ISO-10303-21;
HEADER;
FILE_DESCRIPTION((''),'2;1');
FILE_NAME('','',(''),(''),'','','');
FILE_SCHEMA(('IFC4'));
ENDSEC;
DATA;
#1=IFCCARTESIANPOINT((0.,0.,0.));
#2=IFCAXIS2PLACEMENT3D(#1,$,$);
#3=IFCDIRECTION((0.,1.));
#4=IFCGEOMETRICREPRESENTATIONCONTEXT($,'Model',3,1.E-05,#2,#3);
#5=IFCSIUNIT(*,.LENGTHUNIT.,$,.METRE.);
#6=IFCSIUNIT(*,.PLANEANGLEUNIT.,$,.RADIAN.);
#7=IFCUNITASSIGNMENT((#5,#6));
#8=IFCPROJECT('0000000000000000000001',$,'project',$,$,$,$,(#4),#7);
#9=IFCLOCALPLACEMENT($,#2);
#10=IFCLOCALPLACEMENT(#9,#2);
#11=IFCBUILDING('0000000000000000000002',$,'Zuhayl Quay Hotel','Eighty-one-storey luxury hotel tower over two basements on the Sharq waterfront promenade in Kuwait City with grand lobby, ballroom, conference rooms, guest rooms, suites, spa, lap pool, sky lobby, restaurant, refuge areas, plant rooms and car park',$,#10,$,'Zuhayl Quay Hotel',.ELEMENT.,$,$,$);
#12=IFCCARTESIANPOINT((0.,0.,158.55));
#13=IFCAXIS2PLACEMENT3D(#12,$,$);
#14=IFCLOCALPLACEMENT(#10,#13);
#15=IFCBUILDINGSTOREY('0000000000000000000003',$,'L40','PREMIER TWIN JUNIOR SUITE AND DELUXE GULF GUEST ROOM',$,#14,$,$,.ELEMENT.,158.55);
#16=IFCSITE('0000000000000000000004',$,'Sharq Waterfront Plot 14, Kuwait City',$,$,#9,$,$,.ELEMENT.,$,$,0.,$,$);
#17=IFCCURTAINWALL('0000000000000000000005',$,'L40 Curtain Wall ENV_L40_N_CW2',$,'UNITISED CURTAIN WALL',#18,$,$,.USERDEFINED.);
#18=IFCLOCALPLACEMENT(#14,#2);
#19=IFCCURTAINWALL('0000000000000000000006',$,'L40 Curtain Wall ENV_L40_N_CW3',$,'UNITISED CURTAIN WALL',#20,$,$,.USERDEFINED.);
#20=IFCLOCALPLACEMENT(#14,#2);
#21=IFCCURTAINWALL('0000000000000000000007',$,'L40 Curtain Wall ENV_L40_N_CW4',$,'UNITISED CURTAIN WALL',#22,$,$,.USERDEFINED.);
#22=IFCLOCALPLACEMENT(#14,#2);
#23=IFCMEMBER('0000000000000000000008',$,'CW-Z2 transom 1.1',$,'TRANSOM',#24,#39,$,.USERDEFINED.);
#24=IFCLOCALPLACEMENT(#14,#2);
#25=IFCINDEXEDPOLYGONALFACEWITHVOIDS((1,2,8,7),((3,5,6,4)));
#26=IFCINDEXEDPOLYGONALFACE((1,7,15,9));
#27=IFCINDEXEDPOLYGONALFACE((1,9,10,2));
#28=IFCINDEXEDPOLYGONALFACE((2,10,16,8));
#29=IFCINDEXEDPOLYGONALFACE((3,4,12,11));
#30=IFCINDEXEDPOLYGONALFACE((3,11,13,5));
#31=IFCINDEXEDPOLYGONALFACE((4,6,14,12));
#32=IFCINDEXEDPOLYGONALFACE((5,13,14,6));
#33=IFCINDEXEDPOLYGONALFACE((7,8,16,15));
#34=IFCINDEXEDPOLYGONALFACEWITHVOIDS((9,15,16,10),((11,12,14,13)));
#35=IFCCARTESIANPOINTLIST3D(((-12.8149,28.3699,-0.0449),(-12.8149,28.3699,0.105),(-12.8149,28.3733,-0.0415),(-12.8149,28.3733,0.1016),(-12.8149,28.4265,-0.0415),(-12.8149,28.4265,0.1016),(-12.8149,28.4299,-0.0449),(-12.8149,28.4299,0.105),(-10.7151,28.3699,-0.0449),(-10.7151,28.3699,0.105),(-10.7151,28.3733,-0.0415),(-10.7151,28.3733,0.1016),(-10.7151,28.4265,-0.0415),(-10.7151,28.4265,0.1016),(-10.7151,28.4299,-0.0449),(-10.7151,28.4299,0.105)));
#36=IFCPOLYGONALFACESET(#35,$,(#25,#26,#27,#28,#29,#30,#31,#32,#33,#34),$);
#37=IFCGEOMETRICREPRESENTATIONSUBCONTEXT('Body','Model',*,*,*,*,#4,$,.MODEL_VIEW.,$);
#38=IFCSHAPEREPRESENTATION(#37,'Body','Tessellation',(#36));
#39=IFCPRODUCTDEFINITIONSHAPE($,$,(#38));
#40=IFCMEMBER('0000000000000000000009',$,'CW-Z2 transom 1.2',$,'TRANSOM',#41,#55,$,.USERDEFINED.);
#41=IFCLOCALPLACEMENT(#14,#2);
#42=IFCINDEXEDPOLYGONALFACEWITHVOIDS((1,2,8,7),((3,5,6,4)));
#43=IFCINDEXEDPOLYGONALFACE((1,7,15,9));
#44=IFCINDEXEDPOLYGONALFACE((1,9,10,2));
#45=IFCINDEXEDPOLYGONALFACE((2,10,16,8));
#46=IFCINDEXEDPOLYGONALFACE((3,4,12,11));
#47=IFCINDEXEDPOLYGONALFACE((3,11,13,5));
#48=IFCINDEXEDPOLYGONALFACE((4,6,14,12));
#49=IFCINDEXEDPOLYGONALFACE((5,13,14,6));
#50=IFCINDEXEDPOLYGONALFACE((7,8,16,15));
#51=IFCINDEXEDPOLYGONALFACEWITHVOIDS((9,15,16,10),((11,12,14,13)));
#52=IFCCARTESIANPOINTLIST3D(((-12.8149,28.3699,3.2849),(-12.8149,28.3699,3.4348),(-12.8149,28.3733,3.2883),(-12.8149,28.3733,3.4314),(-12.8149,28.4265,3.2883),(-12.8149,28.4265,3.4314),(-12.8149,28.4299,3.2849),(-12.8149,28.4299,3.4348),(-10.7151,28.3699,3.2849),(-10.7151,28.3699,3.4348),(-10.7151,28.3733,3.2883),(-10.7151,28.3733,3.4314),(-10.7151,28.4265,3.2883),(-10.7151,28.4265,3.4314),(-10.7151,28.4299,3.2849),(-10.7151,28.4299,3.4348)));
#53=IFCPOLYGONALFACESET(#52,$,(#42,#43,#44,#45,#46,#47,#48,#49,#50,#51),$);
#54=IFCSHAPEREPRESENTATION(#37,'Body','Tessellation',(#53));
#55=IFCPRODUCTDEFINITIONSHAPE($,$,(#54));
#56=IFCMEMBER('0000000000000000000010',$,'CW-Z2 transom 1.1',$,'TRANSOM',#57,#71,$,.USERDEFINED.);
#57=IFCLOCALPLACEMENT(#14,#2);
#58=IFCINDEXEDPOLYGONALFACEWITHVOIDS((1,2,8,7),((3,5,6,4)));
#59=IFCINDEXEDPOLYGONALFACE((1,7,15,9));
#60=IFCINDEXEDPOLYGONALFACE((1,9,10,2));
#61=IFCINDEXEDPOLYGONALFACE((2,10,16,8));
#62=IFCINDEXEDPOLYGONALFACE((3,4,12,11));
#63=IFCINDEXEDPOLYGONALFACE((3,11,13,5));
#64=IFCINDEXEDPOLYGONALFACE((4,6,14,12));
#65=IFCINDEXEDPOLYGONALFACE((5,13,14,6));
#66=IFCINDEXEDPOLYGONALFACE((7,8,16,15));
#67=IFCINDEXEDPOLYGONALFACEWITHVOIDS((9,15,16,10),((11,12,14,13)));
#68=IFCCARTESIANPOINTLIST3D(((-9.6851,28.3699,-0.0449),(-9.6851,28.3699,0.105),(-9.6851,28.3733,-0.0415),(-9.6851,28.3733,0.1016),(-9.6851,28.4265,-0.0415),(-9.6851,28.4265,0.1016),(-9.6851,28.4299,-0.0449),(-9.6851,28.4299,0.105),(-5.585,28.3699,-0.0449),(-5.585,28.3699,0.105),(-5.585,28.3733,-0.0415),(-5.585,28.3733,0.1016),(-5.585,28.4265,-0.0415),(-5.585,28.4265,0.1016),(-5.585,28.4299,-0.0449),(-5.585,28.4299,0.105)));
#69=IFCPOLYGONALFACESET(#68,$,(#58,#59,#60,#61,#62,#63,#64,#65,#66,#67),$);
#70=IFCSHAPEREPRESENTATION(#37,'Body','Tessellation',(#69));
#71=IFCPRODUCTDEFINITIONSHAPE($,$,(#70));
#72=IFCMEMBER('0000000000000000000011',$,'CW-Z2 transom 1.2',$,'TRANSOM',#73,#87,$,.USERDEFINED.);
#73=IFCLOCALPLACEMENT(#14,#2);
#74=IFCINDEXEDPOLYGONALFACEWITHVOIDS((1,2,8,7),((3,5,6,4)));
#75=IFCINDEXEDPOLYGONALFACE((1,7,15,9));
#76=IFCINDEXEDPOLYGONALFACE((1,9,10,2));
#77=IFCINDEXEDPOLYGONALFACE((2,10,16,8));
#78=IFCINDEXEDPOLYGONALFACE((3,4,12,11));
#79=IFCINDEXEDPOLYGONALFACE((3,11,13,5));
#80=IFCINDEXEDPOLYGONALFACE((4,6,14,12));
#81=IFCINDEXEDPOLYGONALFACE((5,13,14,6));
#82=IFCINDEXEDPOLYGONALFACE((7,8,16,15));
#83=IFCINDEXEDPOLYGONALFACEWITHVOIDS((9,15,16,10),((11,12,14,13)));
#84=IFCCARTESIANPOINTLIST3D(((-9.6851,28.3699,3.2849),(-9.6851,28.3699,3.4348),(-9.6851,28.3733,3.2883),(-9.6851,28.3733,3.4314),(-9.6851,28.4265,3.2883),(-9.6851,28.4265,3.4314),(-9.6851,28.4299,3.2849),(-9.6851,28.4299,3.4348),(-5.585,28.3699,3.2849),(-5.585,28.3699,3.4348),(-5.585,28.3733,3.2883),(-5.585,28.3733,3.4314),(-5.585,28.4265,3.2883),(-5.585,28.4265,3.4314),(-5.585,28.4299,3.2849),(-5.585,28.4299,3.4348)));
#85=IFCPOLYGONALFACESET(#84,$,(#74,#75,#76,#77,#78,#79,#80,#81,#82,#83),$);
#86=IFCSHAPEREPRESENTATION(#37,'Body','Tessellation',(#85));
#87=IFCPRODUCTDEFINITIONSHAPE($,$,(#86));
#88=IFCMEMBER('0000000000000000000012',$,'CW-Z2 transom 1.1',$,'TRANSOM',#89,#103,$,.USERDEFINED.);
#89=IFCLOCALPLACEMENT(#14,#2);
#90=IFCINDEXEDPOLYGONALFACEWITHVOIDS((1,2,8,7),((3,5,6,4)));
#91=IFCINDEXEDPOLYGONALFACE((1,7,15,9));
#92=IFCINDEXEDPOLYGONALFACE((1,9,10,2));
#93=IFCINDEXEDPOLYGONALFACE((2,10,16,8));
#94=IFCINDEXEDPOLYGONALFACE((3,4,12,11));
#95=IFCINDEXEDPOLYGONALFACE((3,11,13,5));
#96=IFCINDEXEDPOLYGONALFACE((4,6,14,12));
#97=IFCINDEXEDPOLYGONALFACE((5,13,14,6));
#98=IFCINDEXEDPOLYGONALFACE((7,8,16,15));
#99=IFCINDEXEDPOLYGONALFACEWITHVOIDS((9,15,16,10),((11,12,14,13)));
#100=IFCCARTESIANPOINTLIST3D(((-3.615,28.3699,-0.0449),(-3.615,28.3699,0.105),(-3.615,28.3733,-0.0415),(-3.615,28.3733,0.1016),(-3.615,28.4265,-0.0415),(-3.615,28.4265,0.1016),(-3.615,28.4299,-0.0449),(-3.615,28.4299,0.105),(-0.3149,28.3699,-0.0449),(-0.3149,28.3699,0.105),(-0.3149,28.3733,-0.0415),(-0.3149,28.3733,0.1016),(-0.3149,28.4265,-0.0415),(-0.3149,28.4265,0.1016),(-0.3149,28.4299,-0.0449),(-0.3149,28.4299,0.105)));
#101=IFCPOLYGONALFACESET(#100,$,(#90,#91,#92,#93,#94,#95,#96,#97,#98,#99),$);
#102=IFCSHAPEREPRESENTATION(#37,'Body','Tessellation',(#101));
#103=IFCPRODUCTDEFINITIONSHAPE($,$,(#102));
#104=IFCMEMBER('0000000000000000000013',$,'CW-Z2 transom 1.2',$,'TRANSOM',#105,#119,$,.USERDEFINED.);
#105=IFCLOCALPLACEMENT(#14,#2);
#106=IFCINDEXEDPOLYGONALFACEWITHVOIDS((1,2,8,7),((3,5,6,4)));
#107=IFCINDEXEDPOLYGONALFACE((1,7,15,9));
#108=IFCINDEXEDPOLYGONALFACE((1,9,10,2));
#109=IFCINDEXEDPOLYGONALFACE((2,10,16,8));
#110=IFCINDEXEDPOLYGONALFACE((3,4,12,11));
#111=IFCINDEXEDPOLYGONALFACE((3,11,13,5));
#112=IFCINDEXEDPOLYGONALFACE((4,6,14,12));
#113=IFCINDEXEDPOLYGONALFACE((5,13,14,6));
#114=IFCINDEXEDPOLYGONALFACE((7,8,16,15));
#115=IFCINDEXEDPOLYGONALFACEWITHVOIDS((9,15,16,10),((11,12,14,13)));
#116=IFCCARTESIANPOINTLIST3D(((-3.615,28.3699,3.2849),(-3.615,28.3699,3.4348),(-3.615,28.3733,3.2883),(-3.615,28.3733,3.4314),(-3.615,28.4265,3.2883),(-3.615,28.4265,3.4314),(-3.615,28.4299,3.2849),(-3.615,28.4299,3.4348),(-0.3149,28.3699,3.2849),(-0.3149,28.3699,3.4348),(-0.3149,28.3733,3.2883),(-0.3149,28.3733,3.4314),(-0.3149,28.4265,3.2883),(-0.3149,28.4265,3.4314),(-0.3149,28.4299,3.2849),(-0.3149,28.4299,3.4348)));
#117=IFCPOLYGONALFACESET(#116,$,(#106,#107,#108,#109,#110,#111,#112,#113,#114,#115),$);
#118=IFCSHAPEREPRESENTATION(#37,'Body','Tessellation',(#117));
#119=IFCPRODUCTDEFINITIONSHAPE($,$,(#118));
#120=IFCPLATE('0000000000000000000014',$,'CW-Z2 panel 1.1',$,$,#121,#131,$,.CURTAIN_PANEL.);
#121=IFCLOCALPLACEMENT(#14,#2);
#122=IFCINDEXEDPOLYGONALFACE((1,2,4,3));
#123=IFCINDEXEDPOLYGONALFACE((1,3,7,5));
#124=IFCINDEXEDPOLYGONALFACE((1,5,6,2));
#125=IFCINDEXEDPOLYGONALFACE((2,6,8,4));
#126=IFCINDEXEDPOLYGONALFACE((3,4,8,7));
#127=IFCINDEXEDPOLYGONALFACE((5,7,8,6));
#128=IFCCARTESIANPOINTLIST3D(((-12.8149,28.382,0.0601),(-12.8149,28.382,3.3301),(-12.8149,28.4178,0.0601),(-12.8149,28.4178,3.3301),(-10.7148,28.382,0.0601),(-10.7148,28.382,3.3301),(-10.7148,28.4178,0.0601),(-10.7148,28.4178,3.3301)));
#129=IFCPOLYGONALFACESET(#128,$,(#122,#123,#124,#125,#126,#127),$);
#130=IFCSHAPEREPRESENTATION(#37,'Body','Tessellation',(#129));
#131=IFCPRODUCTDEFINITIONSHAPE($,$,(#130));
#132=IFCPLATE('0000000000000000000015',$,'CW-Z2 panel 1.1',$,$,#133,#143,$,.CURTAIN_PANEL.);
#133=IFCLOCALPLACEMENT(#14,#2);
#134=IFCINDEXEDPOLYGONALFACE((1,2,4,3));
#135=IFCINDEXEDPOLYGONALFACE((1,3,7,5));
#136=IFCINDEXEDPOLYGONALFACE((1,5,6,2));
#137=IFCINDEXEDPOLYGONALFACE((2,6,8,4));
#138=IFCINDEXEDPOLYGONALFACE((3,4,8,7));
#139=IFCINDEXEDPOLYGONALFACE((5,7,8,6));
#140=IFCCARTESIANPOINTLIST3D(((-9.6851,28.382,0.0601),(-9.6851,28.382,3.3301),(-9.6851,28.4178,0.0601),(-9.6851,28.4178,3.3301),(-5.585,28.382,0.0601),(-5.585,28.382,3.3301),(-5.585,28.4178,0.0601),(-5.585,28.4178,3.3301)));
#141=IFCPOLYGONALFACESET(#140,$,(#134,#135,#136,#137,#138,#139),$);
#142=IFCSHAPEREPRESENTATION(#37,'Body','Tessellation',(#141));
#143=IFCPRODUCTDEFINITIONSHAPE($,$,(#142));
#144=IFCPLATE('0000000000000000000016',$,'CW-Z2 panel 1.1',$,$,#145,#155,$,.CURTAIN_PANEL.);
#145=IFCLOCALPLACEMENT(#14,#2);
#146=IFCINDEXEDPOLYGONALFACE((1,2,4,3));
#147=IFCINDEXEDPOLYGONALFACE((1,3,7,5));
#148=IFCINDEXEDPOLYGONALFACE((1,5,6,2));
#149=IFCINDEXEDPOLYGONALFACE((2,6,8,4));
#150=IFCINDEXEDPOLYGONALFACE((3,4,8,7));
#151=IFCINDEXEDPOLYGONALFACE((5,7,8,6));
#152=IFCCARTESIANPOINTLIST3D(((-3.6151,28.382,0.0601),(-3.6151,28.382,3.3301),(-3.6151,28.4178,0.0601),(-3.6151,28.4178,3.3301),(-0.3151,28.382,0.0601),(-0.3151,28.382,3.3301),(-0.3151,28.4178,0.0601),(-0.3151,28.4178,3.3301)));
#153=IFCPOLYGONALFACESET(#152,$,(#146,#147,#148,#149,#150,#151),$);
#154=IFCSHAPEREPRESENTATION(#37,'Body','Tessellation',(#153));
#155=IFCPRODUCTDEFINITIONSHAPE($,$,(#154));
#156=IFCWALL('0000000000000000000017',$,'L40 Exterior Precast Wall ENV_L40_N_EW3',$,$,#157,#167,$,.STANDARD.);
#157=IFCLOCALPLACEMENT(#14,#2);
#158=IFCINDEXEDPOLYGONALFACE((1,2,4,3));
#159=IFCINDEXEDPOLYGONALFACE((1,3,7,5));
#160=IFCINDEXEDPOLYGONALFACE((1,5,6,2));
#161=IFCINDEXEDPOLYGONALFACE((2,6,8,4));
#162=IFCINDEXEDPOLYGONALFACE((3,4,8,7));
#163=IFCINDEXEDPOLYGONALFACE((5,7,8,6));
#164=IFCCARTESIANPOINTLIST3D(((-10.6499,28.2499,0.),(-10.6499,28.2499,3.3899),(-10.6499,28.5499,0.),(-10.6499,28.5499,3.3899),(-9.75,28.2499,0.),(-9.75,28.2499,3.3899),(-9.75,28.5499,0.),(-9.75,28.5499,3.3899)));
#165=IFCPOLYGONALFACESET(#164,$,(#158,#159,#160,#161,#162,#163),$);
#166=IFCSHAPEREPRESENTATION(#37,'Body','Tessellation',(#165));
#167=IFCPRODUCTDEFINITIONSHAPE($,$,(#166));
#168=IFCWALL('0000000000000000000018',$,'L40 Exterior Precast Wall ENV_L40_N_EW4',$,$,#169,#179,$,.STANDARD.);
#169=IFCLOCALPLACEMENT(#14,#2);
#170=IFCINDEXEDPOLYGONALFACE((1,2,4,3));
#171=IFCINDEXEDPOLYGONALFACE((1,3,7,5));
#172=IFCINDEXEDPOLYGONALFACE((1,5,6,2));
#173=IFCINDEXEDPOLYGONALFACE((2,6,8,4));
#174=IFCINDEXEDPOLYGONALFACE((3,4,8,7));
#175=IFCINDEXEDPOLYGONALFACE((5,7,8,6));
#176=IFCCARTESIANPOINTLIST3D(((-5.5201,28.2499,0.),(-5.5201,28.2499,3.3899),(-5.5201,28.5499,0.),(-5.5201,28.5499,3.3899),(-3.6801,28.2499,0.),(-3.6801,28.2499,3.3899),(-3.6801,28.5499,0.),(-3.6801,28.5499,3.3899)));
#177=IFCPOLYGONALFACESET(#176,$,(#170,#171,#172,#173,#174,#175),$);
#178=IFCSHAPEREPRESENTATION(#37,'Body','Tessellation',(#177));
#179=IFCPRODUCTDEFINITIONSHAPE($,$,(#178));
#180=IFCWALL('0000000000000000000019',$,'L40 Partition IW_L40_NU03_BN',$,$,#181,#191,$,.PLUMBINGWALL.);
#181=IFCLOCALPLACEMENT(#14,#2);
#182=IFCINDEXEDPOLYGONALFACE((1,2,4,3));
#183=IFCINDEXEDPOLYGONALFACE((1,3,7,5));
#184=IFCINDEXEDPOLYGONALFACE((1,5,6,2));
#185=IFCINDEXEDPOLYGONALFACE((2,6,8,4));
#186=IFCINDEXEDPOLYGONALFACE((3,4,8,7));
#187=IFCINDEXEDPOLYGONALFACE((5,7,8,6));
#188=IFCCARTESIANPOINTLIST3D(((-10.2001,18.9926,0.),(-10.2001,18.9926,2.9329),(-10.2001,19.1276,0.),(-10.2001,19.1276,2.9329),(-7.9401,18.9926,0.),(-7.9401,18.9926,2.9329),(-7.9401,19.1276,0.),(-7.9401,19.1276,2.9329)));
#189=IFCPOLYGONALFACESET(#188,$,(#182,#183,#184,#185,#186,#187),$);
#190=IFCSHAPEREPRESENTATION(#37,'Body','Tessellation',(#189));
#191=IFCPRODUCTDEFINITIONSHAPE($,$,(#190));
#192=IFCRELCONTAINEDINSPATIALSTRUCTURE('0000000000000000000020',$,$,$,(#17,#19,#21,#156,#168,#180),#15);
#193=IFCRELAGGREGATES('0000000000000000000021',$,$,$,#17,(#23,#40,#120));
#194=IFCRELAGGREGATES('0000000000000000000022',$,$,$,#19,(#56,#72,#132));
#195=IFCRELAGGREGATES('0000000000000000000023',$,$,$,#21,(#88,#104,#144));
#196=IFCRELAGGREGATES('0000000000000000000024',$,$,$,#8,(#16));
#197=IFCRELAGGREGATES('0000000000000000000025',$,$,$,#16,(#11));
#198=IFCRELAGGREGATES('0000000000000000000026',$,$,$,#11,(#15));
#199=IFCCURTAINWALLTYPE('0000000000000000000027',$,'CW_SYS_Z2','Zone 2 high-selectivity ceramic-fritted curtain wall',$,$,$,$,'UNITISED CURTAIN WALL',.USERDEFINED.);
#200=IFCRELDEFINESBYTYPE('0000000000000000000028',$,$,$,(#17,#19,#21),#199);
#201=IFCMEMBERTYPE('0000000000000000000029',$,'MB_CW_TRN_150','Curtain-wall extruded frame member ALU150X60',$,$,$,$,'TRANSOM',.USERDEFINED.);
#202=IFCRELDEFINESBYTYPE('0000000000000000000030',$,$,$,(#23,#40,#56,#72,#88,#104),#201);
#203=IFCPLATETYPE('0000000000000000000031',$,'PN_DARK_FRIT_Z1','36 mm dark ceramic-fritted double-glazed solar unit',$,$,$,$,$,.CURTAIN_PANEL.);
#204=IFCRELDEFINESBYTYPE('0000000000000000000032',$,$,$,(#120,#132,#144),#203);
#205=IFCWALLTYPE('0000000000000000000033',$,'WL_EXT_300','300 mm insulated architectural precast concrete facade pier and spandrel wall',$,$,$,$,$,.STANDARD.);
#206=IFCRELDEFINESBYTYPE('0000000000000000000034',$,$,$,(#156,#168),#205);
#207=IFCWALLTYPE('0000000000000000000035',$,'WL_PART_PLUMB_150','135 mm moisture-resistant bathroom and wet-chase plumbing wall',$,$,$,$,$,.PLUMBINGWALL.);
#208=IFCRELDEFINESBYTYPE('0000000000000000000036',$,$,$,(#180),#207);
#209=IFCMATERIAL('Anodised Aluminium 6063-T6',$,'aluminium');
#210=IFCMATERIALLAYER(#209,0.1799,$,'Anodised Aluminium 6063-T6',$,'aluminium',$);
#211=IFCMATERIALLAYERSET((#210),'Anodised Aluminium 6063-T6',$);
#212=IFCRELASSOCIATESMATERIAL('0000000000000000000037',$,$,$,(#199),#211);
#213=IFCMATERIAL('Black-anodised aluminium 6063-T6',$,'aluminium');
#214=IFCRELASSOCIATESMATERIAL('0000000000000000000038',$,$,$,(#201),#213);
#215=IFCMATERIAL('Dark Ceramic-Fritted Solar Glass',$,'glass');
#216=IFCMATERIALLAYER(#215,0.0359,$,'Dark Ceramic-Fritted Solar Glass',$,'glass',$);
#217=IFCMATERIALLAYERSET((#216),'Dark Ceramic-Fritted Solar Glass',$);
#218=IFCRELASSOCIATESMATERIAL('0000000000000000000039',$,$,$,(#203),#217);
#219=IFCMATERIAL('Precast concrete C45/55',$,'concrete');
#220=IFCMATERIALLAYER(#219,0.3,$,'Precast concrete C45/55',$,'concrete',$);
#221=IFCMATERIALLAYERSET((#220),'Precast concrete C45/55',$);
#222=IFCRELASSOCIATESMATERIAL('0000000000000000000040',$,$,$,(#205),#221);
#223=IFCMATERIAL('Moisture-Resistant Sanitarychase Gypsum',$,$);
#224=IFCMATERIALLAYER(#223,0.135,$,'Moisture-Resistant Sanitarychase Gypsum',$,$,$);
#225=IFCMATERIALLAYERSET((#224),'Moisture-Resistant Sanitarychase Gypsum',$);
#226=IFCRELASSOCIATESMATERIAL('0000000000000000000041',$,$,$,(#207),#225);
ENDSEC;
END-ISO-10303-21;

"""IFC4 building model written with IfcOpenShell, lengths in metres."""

from ifc_helpers import new_model, si_unit, direction, frame, frame_2d, origin, origin_2d, place, context, subcontext, project, spatial, rectangle, hollow_rectangle, extrude, material, layer, layer_set, material_profile, profile_set, type_object, element, aggregate, save


model = new_model("IFC4")

# Units and contexts
model_context = context("Model", 3, precision=1e-05, world=origin(), true_north=direction((0.0, 1.0)))
body_context = subcontext(model_context, "Body", "Model", "MODEL_VIEW")
ifc_project = project(units=[si_unit("LENGTHUNIT", "METRE"), si_unit("PLANEANGLEUNIT", "RADIAN")], contexts=[model_context])

# Site, building, storey
site_placement = place(None, origin())
site = spatial("IfcSite", under=ifc_project, at=site_placement, Name="Sharq Waterfront Plot 14, Kuwait City", CompositionType="ELEMENT", RefElevation=0.0)
building_placement = place(site_placement, origin())
building = spatial("IfcBuilding", under=site, at=building_placement, Name="Zuhayl Quay Hotel", Description="Eighty-one-storey luxury hotel tower over two basements on the Sharq waterfront promenade in Kuwait City with grand lobby, ballroom, conference rooms, guest rooms, suites, spa, lap pool, sky lobby, restaurant, refuge areas, plant rooms and car park", LongName="Zuhayl Quay Hotel", CompositionType="ELEMENT")
storey_placement = place(building_placement, frame((0.0, 0.0, 158.55)))
storey = spatial("IfcBuildingStorey", under=building, at=storey_placement, Name="L40", Description="PREMIER TWIN JUNIOR SUITE AND DELUXE GULF GUEST ROOM", CompositionType="ELEMENT", Elevation=158.55)

# Curtain walls
ifc_material_1 = material(Name="Anodised Aluminium 6063-T6", Category="aluminium")
ifc_layer_1 = layer(ifc_material_1, 0.1799, Name="Anodised Aluminium 6063-T6", Category="aluminium")
ifc_layer_set_1 = layer_set([ifc_layer_1], Name="Anodised Aluminium 6063-T6")
curtain_wall_type = type_object("IfcCurtainWallType", Name="CW_SYS_Z2", Description="Zone 2 high-selectivity ceramic-fritted curtain wall", ElementType="UNITISED CURTAIN WALL", PredefinedType="USERDEFINED", material=ifc_layer_set_1)
curtain_wall_1_placement = place(storey_placement, origin())
curtain_wall_1 = element("IfcCurtainWall", 1, at=curtain_wall_1_placement, inside=storey, type_object=curtain_wall_type, Name="L40 Curtain Wall ENV_L40_N_CW2", ObjectType="UNITISED CURTAIN WALL", PredefinedType="USERDEFINED")
ifc_material_2 = material(Name="Black-anodised aluminium 6063-T6", Category="aluminium")
curtain_wall_2_placement = place(storey_placement, origin())
curtain_wall_2 = element("IfcCurtainWall", 2, at=curtain_wall_2_placement, inside=storey, type_object=curtain_wall_type, Name="L40 Curtain Wall ENV_L40_N_CW3", ObjectType="UNITISED CURTAIN WALL", PredefinedType="USERDEFINED")

# Curtain wall
curtain_wall_3_placement = place(storey_placement, origin())
curtain_wall_3 = element("IfcCurtainWall", 3, at=curtain_wall_3_placement, inside=storey, type_object=curtain_wall_type, Name="L40 Curtain Wall ENV_L40_N_CW4", ObjectType="UNITISED CURTAIN WALL", PredefinedType="USERDEFINED")

# Members
ifc_material_profile_1 = material_profile(ifc_material_2, hollow_rectangle(XDim=0.0601, YDim=0.1499, WallThickness=0.0034, at=origin_2d()), Name="ALU150X60")
ifc_profile_set_1 = profile_set([ifc_material_profile_1], Name="Black-anodised aluminium 6063-T6")
member_type_1 = type_object("IfcMemberType", Name="MB_CW_TRN_150", Description="Curtain-wall extruded frame member ALU150X60", ElementType="TRANSOM", PredefinedType="USERDEFINED", material=ifc_profile_set_1)
member_1_placement = place(storey_placement, frame((-12.8149, 28.3999, 0.03), z_axis=(1.0, 0.0, 0.0), x_axis=(0.0, 1.0, 0.0)))
member_1 = element("IfcMember", 4, at=member_1_placement, type_object=member_type_1, Name="CW-Z2 transom 1.1", ObjectType="TRANSOM", PredefinedType="USERDEFINED", context=body_context, shape_type="SweptSolid", body=[
    extrude(hollow_rectangle(XDim=0.0601, YDim=0.1499, WallThickness=0.0034, at=origin_2d()), origin(), (0.0, 0.0, 1.0), 2.0999),
])
member_2_placement = place(storey_placement, frame((-12.8149, 28.3999, 3.3599), z_axis=(1.0, 0.0, 0.0), x_axis=(0.0, 1.0, 0.0)))
member_2 = element("IfcMember", 5, at=member_2_placement, type_object=member_type_1, Name="CW-Z2 transom 1.2", ObjectType="TRANSOM", PredefinedType="USERDEFINED", context=body_context, shape_type="SweptSolid", body=[
    extrude(hollow_rectangle(XDim=0.0601, YDim=0.1499, WallThickness=0.0034, at=origin_2d()), origin(), (0.0, 0.0, 1.0), 2.0999),
])
member_3_placement = place(storey_placement, frame((-9.6851, 28.3999, 0.03), z_axis=(1.0, 0.0, 0.0), x_axis=(0.0, 1.0, 0.0)))
member_3 = element("IfcMember", 6, at=member_3_placement, type_object=member_type_1, Name="CW-Z2 transom 1.1", ObjectType="TRANSOM", PredefinedType="USERDEFINED", context=body_context, shape_type="SweptSolid", body=[
    extrude(hollow_rectangle(XDim=0.0601, YDim=0.1499, WallThickness=0.0034, at=origin_2d()), origin(), (0.0, 0.0, 1.0), 4.1001),
])
member_4_placement = place(storey_placement, frame((-9.6851, 28.3999, 3.3599), z_axis=(1.0, 0.0, 0.0), x_axis=(0.0, 1.0, 0.0)))
member_4 = element("IfcMember", 7, at=member_4_placement, type_object=member_type_1, Name="CW-Z2 transom 1.2", ObjectType="TRANSOM", PredefinedType="USERDEFINED", context=body_context, shape_type="SweptSolid", body=[
    extrude(hollow_rectangle(XDim=0.0601, YDim=0.1499, WallThickness=0.0034, at=origin_2d()), origin(), (0.0, 0.0, 1.0), 4.1001),
])
member_5_placement = place(storey_placement, frame((-3.615, 28.3999, 0.03), z_axis=(1.0, 0.0, 0.0), x_axis=(0.0, 1.0, 0.0)))
member_5 = element("IfcMember", 8, at=member_5_placement, type_object=member_type_1, Name="CW-Z2 transom 1.1", ObjectType="TRANSOM", PredefinedType="USERDEFINED", context=body_context, shape_type="SweptSolid", body=[
    extrude(hollow_rectangle(XDim=0.0601, YDim=0.1499, WallThickness=0.0034, at=origin_2d()), origin(), (0.0, 0.0, 1.0), 3.3),
])
member_6_placement = place(storey_placement, frame((-3.615, 28.3999, 3.3599), z_axis=(1.0, 0.0, 0.0), x_axis=(0.0, 1.0, 0.0)))
member_6 = element("IfcMember", 9, at=member_6_placement, type_object=member_type_1, Name="CW-Z2 transom 1.2", ObjectType="TRANSOM", PredefinedType="USERDEFINED", context=body_context, shape_type="SweptSolid", body=[
    extrude(hollow_rectangle(XDim=0.0601, YDim=0.1499, WallThickness=0.0034, at=origin_2d()), origin(), (0.0, 0.0, 1.0), 3.3),
])

# Plates
ifc_material_3 = material(Name="Dark Ceramic-Fritted Solar Glass", Category="glass")
ifc_layer_2 = layer(ifc_material_3, 0.0359, Name="Dark Ceramic-Fritted Solar Glass", Category="glass")
ifc_layer_set_2 = layer_set([ifc_layer_2], Name="Dark Ceramic-Fritted Solar Glass")
plate_type = type_object("IfcPlateType", Name="PN_DARK_FRIT_Z1", Description="36 mm dark ceramic-fritted double-glazed solar unit", PredefinedType="CURTAIN_PANEL", material=ifc_layer_set_2)
plate_1_placement = place(storey_placement, frame((-11.7649, 28.3999, 0.0601), z_axis=(0.0, 0.0, 1.0), x_axis=(1.0, 0.0, 0.0)))
plate_1 = element("IfcPlate", 10, at=plate_1_placement, type_object=plate_type, Name="CW-Z2 panel 1.1", PredefinedType="CURTAIN_PANEL", context=body_context, shape_type="SweptSolid", body=[
    extrude(rectangle(XDim=2.1001, YDim=0.0359, at=origin_2d()), origin(), (0.0, 0.0, 1.0), 3.27),
])
aggregate(curtain_wall_1, [member_1, member_2, plate_1])
plate_2_placement = place(storey_placement, frame((-7.635, 28.3999, 0.0601), z_axis=(0.0, 0.0, 1.0), x_axis=(1.0, 0.0, 0.0)))
plate_2 = element("IfcPlate", 11, at=plate_2_placement, type_object=plate_type, Name="CW-Z2 panel 1.1", PredefinedType="CURTAIN_PANEL", context=body_context, shape_type="SweptSolid", body=[
    extrude(rectangle(XDim=4.1001, YDim=0.0359, at=origin_2d()), origin(), (0.0, 0.0, 1.0), 3.27),
])
aggregate(curtain_wall_2, [member_3, member_4, plate_2])
plate_3_placement = place(storey_placement, frame((-1.9651, 28.3999, 0.0601), z_axis=(0.0, 0.0, 1.0), x_axis=(1.0, 0.0, 0.0)))
plate_3 = element("IfcPlate", 12, at=plate_3_placement, type_object=plate_type, Name="CW-Z2 panel 1.1", PredefinedType="CURTAIN_PANEL", context=body_context, shape_type="SweptSolid", body=[
    extrude(rectangle(XDim=3.3, YDim=0.0359, at=origin_2d()), origin(), (0.0, 0.0, 1.0), 3.27),
])
aggregate(curtain_wall_3, [member_5, member_6, plate_3])

# Walls
ifc_material_4 = material(Name="Precast concrete C45/55", Category="concrete")
ifc_layer_3 = layer(ifc_material_4, 0.3, Name="Precast concrete C45/55", Category="concrete")
ifc_layer_set_3 = layer_set([ifc_layer_3], Name="Precast concrete C45/55")
wall_type_1 = type_object("IfcWallType", Name="WL_EXT_300", Description="300 mm insulated architectural precast concrete facade pier and spandrel wall", PredefinedType="STANDARD", material=ifc_layer_set_3)
wall_1_placement = place(storey_placement, frame((-10.6499, 28.3999, 0.0), z_axis=(0.0, 0.0, 1.0), x_axis=(1.0, 0.0, 0.0)))
element("IfcWall", 13, at=wall_1_placement, inside=storey, type_object=wall_type_1, Name="L40 Exterior Precast Wall ENV_L40_N_EW3", PredefinedType="STANDARD", context=body_context, shape_type="SweptSolid", body=[
    extrude(rectangle(XDim=0.8999, YDim=0.3, at=frame_2d((0.45, 0.0))), origin(), (0.0, 0.0, 1.0), 3.3899),
])
wall_2_placement = place(storey_placement, frame((-5.52, 28.3999, 0.0), z_axis=(0.0, 0.0, 1.0), x_axis=(1.0, 0.0, 0.0)))
element("IfcWall", 14, at=wall_2_placement, inside=storey, type_object=wall_type_1, Name="L40 Exterior Precast Wall ENV_L40_N_EW4", PredefinedType="STANDARD", context=body_context, shape_type="SweptSolid", body=[
    extrude(rectangle(XDim=1.8401, YDim=0.3, at=frame_2d((0.9199, 0.0))), origin(), (0.0, 0.0, 1.0), 3.3899),
])
ifc_material_5 = material(Name="Moisture-Resistant Sanitarychase Gypsum")
ifc_layer_4 = layer(ifc_material_5, 0.135, Name="Moisture-Resistant Sanitarychase Gypsum")
ifc_layer_set_4 = layer_set([ifc_layer_4], Name="Moisture-Resistant Sanitarychase Gypsum")
wall_type_2 = type_object("IfcWallType", Name="WL_PART_PLUMB_150", Description="135 mm moisture-resistant bathroom and wet-chase plumbing wall", PredefinedType="PLUMBINGWALL", material=ifc_layer_set_4)
for number, where, z_axis, x_axis, name in (
    (15, (-10.2, 19.0601, 0.0), (0.0, 0.0, 1.0), (1.0, 0.0, 0.0), "L40 Partition IW_L40_NU03_BN"),
):
    element("IfcWall", number, at=place(storey_placement, frame(where, z_axis=z_axis, x_axis=x_axis)), inside=storey, type_object=wall_type_2, Name=name, PredefinedType="PLUMBINGWALL", context=body_context, shape_type="SweptSolid", body=[
        extrude(rectangle(XDim=2.26, YDim=0.135, at=frame_2d((1.1299, 0.0))), origin(), (0.0, 0.0, 1.0), 2.9329),
    ])

save(model, "model.ifc")
